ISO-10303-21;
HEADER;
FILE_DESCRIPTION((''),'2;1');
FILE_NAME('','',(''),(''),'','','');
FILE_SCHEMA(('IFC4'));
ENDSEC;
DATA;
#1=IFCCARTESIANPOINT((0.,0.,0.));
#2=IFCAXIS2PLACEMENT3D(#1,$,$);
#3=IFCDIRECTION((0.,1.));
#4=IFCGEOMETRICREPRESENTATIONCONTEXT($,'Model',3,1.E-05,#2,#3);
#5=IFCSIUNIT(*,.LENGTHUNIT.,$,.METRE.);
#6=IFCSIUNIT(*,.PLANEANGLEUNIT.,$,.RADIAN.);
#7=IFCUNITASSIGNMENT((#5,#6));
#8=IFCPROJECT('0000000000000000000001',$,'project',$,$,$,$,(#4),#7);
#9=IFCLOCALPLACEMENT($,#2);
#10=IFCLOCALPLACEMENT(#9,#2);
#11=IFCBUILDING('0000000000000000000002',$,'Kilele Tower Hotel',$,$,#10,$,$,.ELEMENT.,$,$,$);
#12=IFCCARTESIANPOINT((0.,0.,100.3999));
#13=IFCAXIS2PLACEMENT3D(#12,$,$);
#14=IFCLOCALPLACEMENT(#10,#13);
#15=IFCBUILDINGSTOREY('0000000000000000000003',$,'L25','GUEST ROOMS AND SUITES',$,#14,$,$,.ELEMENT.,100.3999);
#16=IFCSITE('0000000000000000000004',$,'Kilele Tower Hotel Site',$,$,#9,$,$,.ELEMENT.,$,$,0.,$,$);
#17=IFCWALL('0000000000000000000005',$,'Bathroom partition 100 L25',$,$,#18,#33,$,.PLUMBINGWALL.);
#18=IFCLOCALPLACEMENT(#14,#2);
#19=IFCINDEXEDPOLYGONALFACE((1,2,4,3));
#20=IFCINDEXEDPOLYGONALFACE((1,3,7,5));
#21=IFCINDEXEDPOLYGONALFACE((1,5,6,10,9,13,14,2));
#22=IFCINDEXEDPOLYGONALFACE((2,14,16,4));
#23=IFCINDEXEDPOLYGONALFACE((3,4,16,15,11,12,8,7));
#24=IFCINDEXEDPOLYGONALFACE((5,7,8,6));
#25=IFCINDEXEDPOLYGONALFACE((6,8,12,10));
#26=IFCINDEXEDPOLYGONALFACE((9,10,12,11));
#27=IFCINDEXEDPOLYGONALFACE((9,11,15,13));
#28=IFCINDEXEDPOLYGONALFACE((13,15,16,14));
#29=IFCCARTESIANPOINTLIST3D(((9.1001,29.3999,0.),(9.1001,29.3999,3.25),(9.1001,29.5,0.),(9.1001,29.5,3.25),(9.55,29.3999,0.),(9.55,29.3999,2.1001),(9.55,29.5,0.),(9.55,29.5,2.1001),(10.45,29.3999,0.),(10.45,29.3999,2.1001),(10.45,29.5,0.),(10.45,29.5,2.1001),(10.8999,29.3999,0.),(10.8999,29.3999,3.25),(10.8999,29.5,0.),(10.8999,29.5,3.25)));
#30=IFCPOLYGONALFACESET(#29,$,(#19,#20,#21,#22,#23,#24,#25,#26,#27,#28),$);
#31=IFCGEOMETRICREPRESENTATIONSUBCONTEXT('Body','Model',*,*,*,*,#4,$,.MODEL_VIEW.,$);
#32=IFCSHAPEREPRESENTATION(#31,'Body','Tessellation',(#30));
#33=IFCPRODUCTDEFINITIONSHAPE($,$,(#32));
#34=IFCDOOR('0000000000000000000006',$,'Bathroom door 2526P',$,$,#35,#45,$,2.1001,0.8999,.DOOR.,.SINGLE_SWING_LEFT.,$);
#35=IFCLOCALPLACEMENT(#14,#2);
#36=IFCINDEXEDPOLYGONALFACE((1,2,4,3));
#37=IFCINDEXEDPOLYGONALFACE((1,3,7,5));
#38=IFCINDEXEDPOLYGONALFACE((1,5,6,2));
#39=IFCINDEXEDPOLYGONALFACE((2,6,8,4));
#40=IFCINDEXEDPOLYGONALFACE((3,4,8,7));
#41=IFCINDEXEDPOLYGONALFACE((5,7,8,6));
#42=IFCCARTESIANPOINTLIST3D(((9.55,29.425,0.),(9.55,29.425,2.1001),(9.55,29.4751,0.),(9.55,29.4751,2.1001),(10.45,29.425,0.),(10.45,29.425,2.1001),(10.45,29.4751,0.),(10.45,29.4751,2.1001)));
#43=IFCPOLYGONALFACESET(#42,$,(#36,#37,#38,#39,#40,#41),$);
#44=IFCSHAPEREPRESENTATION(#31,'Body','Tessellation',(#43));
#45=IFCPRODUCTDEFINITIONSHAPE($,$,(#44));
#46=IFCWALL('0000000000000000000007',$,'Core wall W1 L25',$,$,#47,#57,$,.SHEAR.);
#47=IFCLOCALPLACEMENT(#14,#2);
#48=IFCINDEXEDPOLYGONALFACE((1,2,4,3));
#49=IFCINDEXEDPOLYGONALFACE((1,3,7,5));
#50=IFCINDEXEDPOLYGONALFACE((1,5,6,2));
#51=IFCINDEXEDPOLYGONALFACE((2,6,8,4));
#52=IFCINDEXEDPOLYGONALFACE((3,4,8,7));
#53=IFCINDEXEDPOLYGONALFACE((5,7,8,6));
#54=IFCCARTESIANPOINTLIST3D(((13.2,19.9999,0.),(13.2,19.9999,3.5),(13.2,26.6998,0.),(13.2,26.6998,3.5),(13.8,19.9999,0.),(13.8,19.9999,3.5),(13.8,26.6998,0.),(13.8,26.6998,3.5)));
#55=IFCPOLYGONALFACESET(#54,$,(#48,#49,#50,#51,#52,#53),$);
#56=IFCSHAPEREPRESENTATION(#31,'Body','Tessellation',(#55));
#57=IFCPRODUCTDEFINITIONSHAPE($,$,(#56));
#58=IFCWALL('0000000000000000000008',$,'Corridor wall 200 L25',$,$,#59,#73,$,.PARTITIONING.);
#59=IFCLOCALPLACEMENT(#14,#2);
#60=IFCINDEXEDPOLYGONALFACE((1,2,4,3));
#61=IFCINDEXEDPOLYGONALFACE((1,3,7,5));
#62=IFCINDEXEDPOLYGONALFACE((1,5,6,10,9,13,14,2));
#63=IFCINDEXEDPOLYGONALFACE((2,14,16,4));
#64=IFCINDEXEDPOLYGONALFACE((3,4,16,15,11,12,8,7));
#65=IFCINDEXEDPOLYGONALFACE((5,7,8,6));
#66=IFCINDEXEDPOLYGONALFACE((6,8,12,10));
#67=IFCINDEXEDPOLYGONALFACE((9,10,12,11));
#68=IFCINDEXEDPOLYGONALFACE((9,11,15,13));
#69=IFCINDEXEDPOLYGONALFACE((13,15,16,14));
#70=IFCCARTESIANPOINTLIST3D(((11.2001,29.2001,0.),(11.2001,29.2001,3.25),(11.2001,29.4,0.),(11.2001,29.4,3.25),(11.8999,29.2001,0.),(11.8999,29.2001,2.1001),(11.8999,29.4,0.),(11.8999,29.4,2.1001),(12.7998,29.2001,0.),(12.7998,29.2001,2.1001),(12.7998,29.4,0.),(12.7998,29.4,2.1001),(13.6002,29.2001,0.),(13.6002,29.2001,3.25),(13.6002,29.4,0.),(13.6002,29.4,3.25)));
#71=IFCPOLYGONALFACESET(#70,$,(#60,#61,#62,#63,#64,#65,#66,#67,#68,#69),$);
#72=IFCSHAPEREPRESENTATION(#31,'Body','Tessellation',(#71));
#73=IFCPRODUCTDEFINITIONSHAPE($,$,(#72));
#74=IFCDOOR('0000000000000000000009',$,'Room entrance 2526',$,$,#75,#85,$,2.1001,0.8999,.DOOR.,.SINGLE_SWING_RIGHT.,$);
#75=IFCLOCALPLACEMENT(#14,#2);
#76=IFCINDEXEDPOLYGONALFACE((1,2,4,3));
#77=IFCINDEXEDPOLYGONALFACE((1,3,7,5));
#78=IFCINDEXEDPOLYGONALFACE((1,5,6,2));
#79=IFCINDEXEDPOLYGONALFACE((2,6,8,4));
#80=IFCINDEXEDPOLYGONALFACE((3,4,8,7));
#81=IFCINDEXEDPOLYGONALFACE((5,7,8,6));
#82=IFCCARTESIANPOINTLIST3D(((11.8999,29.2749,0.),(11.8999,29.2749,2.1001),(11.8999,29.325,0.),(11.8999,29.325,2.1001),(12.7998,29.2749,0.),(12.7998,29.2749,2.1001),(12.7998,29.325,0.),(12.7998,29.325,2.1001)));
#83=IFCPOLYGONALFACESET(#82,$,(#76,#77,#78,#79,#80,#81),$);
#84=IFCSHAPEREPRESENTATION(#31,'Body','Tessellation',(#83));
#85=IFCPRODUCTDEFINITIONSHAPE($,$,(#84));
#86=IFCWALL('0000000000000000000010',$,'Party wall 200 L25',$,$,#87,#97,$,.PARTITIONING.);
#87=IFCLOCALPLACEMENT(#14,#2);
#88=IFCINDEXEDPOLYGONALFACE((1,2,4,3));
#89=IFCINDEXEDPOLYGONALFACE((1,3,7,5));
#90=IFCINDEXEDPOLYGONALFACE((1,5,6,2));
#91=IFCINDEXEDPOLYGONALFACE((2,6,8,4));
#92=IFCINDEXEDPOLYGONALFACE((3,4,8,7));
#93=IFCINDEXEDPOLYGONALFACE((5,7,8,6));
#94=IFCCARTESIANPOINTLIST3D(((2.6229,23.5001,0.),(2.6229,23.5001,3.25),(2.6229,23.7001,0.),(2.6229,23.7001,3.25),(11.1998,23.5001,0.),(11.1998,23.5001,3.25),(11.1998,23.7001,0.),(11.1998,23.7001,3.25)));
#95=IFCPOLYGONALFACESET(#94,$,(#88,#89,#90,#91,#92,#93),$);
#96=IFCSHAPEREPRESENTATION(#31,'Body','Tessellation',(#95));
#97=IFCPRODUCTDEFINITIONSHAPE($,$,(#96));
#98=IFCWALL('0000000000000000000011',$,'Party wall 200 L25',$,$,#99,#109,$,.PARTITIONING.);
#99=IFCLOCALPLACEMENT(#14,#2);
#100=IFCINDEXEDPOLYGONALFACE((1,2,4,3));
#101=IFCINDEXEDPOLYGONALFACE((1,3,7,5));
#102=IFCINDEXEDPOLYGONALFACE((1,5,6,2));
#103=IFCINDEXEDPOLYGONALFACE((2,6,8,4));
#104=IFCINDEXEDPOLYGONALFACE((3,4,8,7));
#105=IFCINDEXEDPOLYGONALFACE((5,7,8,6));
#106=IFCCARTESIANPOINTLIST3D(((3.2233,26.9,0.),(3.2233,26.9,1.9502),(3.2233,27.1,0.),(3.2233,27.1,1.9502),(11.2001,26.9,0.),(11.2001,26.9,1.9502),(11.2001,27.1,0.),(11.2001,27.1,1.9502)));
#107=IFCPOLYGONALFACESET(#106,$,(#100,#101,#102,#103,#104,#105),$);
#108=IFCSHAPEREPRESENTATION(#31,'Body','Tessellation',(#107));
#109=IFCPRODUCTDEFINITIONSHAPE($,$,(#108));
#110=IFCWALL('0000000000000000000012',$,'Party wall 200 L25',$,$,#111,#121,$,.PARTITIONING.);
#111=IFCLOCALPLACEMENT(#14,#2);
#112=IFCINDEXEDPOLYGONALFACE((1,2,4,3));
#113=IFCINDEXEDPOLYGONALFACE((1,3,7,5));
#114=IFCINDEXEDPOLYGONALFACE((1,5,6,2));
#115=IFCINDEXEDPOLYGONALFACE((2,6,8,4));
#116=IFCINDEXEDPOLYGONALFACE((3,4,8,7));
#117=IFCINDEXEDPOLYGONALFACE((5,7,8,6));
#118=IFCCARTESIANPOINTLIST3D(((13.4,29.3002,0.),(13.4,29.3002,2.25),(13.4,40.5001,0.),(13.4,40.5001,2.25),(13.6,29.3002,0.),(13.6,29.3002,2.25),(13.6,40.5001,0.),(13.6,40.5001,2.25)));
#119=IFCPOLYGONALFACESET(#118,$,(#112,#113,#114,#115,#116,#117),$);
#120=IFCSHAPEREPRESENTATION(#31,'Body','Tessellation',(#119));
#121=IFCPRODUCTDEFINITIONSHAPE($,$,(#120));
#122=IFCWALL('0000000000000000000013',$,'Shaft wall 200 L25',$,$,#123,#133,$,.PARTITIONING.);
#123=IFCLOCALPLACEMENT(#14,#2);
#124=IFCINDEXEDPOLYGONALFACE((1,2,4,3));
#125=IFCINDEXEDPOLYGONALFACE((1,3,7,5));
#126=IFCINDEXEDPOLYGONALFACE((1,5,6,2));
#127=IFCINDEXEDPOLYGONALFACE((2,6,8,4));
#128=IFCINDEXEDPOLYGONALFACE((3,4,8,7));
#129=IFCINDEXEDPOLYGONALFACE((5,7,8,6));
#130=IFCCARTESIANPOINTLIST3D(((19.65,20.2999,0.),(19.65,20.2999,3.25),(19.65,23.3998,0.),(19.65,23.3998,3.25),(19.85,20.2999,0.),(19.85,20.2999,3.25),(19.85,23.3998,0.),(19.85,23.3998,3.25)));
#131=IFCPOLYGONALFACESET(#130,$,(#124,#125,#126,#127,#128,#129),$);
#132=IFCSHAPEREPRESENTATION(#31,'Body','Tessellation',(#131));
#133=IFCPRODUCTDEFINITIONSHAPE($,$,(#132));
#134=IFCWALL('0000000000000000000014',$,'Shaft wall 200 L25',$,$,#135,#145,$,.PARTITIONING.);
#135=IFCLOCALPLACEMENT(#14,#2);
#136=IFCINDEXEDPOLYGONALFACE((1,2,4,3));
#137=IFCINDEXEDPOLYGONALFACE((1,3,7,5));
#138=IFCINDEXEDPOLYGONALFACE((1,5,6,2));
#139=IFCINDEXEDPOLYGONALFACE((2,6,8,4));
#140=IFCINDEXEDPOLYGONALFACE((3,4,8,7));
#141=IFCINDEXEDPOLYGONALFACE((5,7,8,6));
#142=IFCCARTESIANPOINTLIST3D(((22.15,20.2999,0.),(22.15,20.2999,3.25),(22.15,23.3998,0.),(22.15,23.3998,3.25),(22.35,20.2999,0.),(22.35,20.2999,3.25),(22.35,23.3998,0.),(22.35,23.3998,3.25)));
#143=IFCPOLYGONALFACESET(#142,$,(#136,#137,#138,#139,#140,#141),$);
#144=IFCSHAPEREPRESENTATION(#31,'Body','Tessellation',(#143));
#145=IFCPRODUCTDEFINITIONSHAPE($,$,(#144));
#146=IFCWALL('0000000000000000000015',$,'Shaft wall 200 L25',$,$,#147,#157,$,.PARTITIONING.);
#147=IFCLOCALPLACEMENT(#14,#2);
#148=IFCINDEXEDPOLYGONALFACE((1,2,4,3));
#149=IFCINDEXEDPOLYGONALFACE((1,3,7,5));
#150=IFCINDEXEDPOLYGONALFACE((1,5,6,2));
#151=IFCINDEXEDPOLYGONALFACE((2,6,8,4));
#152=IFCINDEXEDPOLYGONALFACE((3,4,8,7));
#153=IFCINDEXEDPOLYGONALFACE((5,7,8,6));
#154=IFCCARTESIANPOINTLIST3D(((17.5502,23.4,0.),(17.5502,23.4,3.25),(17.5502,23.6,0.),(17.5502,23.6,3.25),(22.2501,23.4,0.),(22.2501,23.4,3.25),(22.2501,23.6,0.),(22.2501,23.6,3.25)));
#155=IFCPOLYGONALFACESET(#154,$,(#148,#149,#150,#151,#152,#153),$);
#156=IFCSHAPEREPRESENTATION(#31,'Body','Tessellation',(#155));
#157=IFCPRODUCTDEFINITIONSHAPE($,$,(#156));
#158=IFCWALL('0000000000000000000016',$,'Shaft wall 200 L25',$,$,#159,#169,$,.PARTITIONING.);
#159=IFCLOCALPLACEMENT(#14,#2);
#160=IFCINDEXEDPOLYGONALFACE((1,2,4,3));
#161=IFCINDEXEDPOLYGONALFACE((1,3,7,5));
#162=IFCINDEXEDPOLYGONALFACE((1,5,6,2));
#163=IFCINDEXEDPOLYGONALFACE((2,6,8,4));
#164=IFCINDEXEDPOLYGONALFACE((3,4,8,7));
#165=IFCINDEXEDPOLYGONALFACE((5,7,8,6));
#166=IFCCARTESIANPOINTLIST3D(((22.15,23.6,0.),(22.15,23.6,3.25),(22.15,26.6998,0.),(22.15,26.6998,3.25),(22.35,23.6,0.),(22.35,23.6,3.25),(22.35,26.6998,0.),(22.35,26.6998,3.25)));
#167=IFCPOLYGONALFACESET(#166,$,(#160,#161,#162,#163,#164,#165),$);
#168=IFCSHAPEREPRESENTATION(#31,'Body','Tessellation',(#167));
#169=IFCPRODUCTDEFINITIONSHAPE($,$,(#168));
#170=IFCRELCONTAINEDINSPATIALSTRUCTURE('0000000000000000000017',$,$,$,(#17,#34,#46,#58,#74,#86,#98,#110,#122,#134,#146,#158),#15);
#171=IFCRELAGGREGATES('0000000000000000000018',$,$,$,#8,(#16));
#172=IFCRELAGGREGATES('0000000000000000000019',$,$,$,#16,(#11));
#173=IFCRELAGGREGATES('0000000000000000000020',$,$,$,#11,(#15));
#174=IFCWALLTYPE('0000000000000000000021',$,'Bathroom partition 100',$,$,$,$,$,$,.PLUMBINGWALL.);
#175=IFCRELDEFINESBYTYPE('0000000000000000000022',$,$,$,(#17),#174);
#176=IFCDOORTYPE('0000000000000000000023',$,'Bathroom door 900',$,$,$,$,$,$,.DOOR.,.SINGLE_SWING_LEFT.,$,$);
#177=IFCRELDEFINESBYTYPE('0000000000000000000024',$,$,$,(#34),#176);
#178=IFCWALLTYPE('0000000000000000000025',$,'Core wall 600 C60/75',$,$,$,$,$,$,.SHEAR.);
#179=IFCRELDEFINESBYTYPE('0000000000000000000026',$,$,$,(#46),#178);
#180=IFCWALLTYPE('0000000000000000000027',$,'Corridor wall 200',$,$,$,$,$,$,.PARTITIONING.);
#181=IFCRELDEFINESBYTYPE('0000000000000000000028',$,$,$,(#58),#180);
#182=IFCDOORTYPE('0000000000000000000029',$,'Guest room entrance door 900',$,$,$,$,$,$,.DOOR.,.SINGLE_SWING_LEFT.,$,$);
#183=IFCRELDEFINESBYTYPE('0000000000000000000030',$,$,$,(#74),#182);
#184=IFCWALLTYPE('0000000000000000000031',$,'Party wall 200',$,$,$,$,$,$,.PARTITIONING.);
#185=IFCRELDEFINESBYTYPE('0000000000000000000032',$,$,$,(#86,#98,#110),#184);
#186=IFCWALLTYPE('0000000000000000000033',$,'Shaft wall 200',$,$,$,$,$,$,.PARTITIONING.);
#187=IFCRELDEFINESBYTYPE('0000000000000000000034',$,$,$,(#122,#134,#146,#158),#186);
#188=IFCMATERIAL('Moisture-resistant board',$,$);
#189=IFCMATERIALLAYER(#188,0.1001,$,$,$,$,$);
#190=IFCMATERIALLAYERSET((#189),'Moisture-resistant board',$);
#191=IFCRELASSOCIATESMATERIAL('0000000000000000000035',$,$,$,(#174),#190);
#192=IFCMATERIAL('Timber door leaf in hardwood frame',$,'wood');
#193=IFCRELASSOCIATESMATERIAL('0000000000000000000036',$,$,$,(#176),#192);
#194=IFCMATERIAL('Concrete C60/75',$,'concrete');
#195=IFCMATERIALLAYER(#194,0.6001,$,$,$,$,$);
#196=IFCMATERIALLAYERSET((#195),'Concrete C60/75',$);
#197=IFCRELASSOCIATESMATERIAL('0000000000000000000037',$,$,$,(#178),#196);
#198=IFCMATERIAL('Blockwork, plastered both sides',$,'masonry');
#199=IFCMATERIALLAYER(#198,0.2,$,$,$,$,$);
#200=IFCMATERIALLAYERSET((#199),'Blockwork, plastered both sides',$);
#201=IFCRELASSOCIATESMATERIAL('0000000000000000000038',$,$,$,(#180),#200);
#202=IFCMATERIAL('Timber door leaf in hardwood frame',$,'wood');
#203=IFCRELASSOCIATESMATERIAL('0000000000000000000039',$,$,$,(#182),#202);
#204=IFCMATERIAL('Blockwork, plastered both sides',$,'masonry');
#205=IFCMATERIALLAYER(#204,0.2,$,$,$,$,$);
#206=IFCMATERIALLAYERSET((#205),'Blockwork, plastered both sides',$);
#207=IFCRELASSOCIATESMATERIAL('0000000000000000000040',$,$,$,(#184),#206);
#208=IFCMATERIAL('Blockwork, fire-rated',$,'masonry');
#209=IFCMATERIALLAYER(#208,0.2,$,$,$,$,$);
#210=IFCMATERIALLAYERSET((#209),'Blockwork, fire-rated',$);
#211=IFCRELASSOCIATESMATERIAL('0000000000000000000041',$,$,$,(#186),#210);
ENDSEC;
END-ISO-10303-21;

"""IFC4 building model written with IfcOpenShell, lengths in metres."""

from ifc_helpers import new_model, si_unit, direction, frame, frame_2d, origin, place, context, subcontext, project, spatial, rectangle, extrude, material, layer, layer_set, type_object, element, fill, save


model = new_model("IFC4")

# Units and contexts
model_context = context("Model", 3, precision=1e-05, world=origin(), true_north=direction((0.0, 1.0)))
body_context = subcontext(model_context, "Body", "Model", "MODEL_VIEW")
ifc_project = project(units=[si_unit("LENGTHUNIT", "METRE"), si_unit("PLANEANGLEUNIT", "RADIAN")], contexts=[model_context])

# Site, building, storey
site_placement = place(None, origin())
site = spatial("IfcSite", under=ifc_project, at=site_placement, Name="Kilele Tower Hotel Site", CompositionType="ELEMENT", RefElevation=0.0)
building_placement = place(site_placement, origin())
building = spatial("IfcBuilding", under=site, at=building_placement, Name="Kilele Tower Hotel", CompositionType="ELEMENT")
storey_placement = place(building_placement, frame((0.0, 0.0, 100.3999)))
storey = spatial("IfcBuildingStorey", under=building, at=storey_placement, Name="L25", Description="GUEST ROOMS AND SUITES", CompositionType="ELEMENT", Elevation=100.3999)

# Shared definitions
ifc_material_1 = material(Name="Moisture-resistant board")
ifc_layer_1 = layer(ifc_material_1, 0.1001)
ifc_layer_set_1 = layer_set([ifc_layer_1], Name="Moisture-resistant board")
wall_type_1 = type_object("IfcWallType", Name="Bathroom partition 100", PredefinedType="PLUMBINGWALL", material=ifc_layer_set_1)

# Shared definitions
ifc_material_2 = material(Name="Timber door leaf in hardwood frame", Category="wood")
door_type_1 = type_object("IfcDoorType", Name="Bathroom door 900", OperationType="SINGLE_SWING_LEFT", PredefinedType="DOOR", material=ifc_material_2)

# Wall, opening, door
wall_1_placement = place(storey_placement, frame((10.8999, 29.45, 0.0), z_axis=(0.0, 0.0, 1.0), x_axis=(-1.0, 0.0, 0.0)))
wall_1 = element("IfcWall", 1, at=wall_1_placement, inside=storey, type_object=wall_type_1, Name="Bathroom partition 100 L25", PredefinedType="PLUMBINGWALL", context=body_context, shape_type="SweptSolid", body=[
    extrude(rectangle(XDim=1.7998, YDim=0.1001, at=frame_2d((0.8999, 0.0))), origin(), (0.0, 0.0, 1.0), 3.25),
])
opening_1_placement = place(wall_1_placement, frame((0.45, 0.0, 0.0)))
opening_1 = element("IfcOpeningElement", 2, at=opening_1_placement, cuts=wall_1, PredefinedType="OPENING", context=body_context, shape_type="SweptSolid", body=[
    extrude(rectangle(XDim=0.8999, YDim=2.1001, at=frame_2d((0.45, 1.05))), frame((0.0, 0.0601, 0.0), z_axis=(0.0, -1.0, 0.0), x_axis=(1.0, 0.0, 0.0)), (0.0, 0.0, 1.0), 0.1201),
])
door_1_placement = place(opening_1_placement, origin())
door_1 = element("IfcDoor", 3, at=door_1_placement, inside=storey, type_object=door_type_1, Name="Bathroom door 2526P", OperationType="SINGLE_SWING_LEFT", OverallHeight=2.1001, OverallWidth=0.8999, PredefinedType="DOOR", context=body_context, shape_type="SweptSolid", body=[
    extrude(rectangle(XDim=0.8999, YDim=2.1001, at=frame_2d((0.45, 1.05))), frame((0.0, 0.0249, 0.0), z_axis=(0.0, -1.0, 0.0), x_axis=(1.0, 0.0, 0.0)), (0.0, 0.0, 1.0), 0.05),
])
fill(opening_1, door_1)

# Wall
ifc_material_3 = material(Name="Concrete C60/75", Category="concrete")
ifc_layer_2 = layer(ifc_material_3, 0.6001)
ifc_layer_set_2 = layer_set([ifc_layer_2], Name="Concrete C60/75")
wall_type_2 = type_object("IfcWallType", Name="Core wall 600 C60/75", PredefinedType="SHEAR", material=ifc_layer_set_2)
wall_2_placement = place(storey_placement, frame((13.5, 26.7, 0.0), z_axis=(0.0, 0.0, 1.0), x_axis=(0.0, -1.0, 0.0)))
element("IfcWall", 4, at=wall_2_placement, inside=storey, type_object=wall_type_2, Name="Core wall W1 L25", PredefinedType="SHEAR", context=body_context, shape_type="SweptSolid", body=[
    extrude(rectangle(XDim=6.7, YDim=0.6001, at=frame_2d((3.3501, 0.0))), origin(), (0.0, 0.0, 1.0), 3.5),
])

# Wall, opening, door
ifc_material_4 = material(Name="Blockwork, plastered both sides", Category="masonry")
ifc_layer_3 = layer(ifc_material_4, 0.2)
ifc_layer_set_3 = layer_set([ifc_layer_3], Name="Blockwork, plastered both sides")
wall_type_3 = type_object("IfcWallType", Name="Corridor wall 200", PredefinedType="PARTITIONING", material=ifc_layer_set_3)
wall_3_placement = place(storey_placement, frame((11.2, 29.3, 0.0), z_axis=(0.0, 0.0, 1.0), x_axis=(1.0, 0.0, 0.0)))
wall_3 = element("IfcWall", 5, at=wall_3_placement, inside=storey, type_object=wall_type_3, Name="Corridor wall 200 L25", PredefinedType="PARTITIONING", context=body_context, shape_type="SweptSolid", body=[
    extrude(rectangle(XDim=2.4001, YDim=0.2, at=frame_2d((1.2002, 0.0))), origin(), (0.0, 0.0, 1.0), 3.25),
])
opening_2_placement = place(wall_3_placement, frame((0.7, 0.0, 0.0)))
opening_2 = element("IfcOpeningElement", 6, at=opening_2_placement, cuts=wall_3, PredefinedType="OPENING", context=body_context, shape_type="SweptSolid", body=[
    extrude(rectangle(XDim=0.8999, YDim=2.1001, at=frame_2d((0.45, 1.05))), frame((0.0, 0.1099, 0.0), z_axis=(0.0, -1.0, 0.0), x_axis=(1.0, 0.0, 0.0)), (0.0, 0.0, 1.0), 0.22),
])
ifc_material_5 = material(Name="Timber door leaf in hardwood frame", Category="wood")
door_type_2 = type_object("IfcDoorType", Name="Guest room entrance door 900", OperationType="SINGLE_SWING_LEFT", PredefinedType="DOOR", material=ifc_material_5)
door_2_placement = place(opening_2_placement, origin())
door_2 = element("IfcDoor", 7, at=door_2_placement, inside=storey, type_object=door_type_2, Name="Room entrance 2526", OperationType="SINGLE_SWING_RIGHT", OverallHeight=2.1001, OverallWidth=0.8999, PredefinedType="DOOR", context=body_context, shape_type="SweptSolid", body=[
    extrude(rectangle(XDim=0.8999, YDim=2.1001, at=frame_2d((0.45, 1.05))), frame((0.0, 0.0249, 0.0), z_axis=(0.0, -1.0, 0.0), x_axis=(1.0, 0.0, 0.0)), (0.0, 0.0, 1.0), 0.05),
])
fill(opening_2, door_2)

# Walls
ifc_material_6 = material(Name="Blockwork, plastered both sides", Category="masonry")
ifc_layer_4 = layer(ifc_material_6, 0.2)
ifc_layer_set_4 = layer_set([ifc_layer_4], Name="Blockwork, plastered both sides")
wall_type_4 = type_object("IfcWallType", Name="Party wall 200", PredefinedType="PARTITIONING", material=ifc_layer_set_4)
wall_4_placement = place(storey_placement, frame((11.2, 23.6001, 0.0), z_axis=(0.0, 0.0, 1.0), x_axis=(-1.0, 0.0, 0.0)))
element("IfcWall", 8, at=wall_4_placement, inside=storey, type_object=wall_type_4, Name="Party wall 200 L25", PredefinedType="PARTITIONING", context=body_context, shape_type="SweptSolid", body=[
    extrude(rectangle(XDim=8.5769, YDim=0.2, at=frame_2d((4.2886, 0.0))), origin(), (0.0, 0.0, 1.0), 3.25),
])
wall_5_placement = place(storey_placement, frame((11.2, 27.0, 0.0), z_axis=(0.0, 0.0, 1.0), x_axis=(-1.0, 0.0, 0.0)))
element("IfcWall", 9, at=wall_5_placement, inside=storey, type_object=wall_type_4, Name="Party wall 200 L25", PredefinedType="PARTITIONING", context=body_context, shape_type="SweptSolid", body=[
    extrude(rectangle(XDim=7.9768, YDim=0.2, at=frame_2d((3.9883, 0.0))), origin(), (0.0, 0.0, 1.0), 1.9502),
])
wall_6_placement = place(storey_placement, frame((13.5, 29.3, 0.0), z_axis=(0.0, 0.0, 1.0), x_axis=(0.0, 1.0, 0.0)))
element("IfcWall", 10, at=wall_6_placement, inside=storey, type_object=wall_type_4, Name="Party wall 200 L25", PredefinedType="PARTITIONING", context=body_context, shape_type="SweptSolid", body=[
    extrude(rectangle(XDim=11.2, YDim=0.2, at=frame_2d((5.6001, 0.0))), origin(), (0.0, 0.0, 1.0), 2.25),
])
ifc_material_7 = material(Name="Blockwork, fire-rated", Category="masonry")
ifc_layer_5 = layer(ifc_material_7, 0.2)
ifc_layer_set_5 = layer_set([ifc_layer_5], Name="Blockwork, fire-rated")
wall_type_5 = type_object("IfcWallType", Name="Shaft wall 200", PredefinedType="PARTITIONING", material=ifc_layer_set_5)
for number, where, z_axis, x_axis, name in (
    (11, (19.75, 20.3, 0.0), (0.0, 0.0, 1.0), (0.0, 1.0, 0.0), "Shaft wall 200 L25"),
    (12, (22.25, 20.3, 0.0), (0.0, 0.0, 1.0), (0.0, 1.0, 0.0), "Shaft wall 200 L25"),
):
    element("IfcWall", number, at=place(storey_placement, frame(where, z_axis=z_axis, x_axis=x_axis)), inside=storey, type_object=wall_type_5, Name=name, PredefinedType="PARTITIONING", context=body_context, shape_type="SweptSolid", body=[
        extrude(rectangle(XDim=3.0999, YDim=0.2, at=frame_2d((1.5498, 0.0))), origin(), (0.0, 0.0, 1.0), 3.25),
    ])
wall_7_placement = place(storey_placement, frame((17.55, 23.5, 0.0), z_axis=(0.0, 0.0, 1.0), x_axis=(1.0, 0.0, 0.0)))
element("IfcWall", 13, at=wall_7_placement, inside=storey, type_object=wall_type_5, Name="Shaft wall 200 L25", PredefinedType="PARTITIONING", context=body_context, shape_type="SweptSolid", body=[
    extrude(rectangle(XDim=4.7, YDim=0.2, at=frame_2d((2.3501, 0.0))), origin(), (0.0, 0.0, 1.0), 3.25),
])
wall_8_placement = place(storey_placement, frame((22.25, 23.6001, 0.0), z_axis=(0.0, 0.0, 1.0), x_axis=(0.0, 1.0, 0.0)))
element("IfcWall", 14, at=wall_8_placement, inside=storey, type_object=wall_type_5, Name="Shaft wall 200 L25", PredefinedType="PARTITIONING", context=body_context, shape_type="SweptSolid", body=[
    extrude(rectangle(XDim=3.0999, YDim=0.2, at=frame_2d((1.5498, 0.0))), origin(), (0.0, 0.0, 1.0), 3.25),
])

save(model, "model.ifc")
